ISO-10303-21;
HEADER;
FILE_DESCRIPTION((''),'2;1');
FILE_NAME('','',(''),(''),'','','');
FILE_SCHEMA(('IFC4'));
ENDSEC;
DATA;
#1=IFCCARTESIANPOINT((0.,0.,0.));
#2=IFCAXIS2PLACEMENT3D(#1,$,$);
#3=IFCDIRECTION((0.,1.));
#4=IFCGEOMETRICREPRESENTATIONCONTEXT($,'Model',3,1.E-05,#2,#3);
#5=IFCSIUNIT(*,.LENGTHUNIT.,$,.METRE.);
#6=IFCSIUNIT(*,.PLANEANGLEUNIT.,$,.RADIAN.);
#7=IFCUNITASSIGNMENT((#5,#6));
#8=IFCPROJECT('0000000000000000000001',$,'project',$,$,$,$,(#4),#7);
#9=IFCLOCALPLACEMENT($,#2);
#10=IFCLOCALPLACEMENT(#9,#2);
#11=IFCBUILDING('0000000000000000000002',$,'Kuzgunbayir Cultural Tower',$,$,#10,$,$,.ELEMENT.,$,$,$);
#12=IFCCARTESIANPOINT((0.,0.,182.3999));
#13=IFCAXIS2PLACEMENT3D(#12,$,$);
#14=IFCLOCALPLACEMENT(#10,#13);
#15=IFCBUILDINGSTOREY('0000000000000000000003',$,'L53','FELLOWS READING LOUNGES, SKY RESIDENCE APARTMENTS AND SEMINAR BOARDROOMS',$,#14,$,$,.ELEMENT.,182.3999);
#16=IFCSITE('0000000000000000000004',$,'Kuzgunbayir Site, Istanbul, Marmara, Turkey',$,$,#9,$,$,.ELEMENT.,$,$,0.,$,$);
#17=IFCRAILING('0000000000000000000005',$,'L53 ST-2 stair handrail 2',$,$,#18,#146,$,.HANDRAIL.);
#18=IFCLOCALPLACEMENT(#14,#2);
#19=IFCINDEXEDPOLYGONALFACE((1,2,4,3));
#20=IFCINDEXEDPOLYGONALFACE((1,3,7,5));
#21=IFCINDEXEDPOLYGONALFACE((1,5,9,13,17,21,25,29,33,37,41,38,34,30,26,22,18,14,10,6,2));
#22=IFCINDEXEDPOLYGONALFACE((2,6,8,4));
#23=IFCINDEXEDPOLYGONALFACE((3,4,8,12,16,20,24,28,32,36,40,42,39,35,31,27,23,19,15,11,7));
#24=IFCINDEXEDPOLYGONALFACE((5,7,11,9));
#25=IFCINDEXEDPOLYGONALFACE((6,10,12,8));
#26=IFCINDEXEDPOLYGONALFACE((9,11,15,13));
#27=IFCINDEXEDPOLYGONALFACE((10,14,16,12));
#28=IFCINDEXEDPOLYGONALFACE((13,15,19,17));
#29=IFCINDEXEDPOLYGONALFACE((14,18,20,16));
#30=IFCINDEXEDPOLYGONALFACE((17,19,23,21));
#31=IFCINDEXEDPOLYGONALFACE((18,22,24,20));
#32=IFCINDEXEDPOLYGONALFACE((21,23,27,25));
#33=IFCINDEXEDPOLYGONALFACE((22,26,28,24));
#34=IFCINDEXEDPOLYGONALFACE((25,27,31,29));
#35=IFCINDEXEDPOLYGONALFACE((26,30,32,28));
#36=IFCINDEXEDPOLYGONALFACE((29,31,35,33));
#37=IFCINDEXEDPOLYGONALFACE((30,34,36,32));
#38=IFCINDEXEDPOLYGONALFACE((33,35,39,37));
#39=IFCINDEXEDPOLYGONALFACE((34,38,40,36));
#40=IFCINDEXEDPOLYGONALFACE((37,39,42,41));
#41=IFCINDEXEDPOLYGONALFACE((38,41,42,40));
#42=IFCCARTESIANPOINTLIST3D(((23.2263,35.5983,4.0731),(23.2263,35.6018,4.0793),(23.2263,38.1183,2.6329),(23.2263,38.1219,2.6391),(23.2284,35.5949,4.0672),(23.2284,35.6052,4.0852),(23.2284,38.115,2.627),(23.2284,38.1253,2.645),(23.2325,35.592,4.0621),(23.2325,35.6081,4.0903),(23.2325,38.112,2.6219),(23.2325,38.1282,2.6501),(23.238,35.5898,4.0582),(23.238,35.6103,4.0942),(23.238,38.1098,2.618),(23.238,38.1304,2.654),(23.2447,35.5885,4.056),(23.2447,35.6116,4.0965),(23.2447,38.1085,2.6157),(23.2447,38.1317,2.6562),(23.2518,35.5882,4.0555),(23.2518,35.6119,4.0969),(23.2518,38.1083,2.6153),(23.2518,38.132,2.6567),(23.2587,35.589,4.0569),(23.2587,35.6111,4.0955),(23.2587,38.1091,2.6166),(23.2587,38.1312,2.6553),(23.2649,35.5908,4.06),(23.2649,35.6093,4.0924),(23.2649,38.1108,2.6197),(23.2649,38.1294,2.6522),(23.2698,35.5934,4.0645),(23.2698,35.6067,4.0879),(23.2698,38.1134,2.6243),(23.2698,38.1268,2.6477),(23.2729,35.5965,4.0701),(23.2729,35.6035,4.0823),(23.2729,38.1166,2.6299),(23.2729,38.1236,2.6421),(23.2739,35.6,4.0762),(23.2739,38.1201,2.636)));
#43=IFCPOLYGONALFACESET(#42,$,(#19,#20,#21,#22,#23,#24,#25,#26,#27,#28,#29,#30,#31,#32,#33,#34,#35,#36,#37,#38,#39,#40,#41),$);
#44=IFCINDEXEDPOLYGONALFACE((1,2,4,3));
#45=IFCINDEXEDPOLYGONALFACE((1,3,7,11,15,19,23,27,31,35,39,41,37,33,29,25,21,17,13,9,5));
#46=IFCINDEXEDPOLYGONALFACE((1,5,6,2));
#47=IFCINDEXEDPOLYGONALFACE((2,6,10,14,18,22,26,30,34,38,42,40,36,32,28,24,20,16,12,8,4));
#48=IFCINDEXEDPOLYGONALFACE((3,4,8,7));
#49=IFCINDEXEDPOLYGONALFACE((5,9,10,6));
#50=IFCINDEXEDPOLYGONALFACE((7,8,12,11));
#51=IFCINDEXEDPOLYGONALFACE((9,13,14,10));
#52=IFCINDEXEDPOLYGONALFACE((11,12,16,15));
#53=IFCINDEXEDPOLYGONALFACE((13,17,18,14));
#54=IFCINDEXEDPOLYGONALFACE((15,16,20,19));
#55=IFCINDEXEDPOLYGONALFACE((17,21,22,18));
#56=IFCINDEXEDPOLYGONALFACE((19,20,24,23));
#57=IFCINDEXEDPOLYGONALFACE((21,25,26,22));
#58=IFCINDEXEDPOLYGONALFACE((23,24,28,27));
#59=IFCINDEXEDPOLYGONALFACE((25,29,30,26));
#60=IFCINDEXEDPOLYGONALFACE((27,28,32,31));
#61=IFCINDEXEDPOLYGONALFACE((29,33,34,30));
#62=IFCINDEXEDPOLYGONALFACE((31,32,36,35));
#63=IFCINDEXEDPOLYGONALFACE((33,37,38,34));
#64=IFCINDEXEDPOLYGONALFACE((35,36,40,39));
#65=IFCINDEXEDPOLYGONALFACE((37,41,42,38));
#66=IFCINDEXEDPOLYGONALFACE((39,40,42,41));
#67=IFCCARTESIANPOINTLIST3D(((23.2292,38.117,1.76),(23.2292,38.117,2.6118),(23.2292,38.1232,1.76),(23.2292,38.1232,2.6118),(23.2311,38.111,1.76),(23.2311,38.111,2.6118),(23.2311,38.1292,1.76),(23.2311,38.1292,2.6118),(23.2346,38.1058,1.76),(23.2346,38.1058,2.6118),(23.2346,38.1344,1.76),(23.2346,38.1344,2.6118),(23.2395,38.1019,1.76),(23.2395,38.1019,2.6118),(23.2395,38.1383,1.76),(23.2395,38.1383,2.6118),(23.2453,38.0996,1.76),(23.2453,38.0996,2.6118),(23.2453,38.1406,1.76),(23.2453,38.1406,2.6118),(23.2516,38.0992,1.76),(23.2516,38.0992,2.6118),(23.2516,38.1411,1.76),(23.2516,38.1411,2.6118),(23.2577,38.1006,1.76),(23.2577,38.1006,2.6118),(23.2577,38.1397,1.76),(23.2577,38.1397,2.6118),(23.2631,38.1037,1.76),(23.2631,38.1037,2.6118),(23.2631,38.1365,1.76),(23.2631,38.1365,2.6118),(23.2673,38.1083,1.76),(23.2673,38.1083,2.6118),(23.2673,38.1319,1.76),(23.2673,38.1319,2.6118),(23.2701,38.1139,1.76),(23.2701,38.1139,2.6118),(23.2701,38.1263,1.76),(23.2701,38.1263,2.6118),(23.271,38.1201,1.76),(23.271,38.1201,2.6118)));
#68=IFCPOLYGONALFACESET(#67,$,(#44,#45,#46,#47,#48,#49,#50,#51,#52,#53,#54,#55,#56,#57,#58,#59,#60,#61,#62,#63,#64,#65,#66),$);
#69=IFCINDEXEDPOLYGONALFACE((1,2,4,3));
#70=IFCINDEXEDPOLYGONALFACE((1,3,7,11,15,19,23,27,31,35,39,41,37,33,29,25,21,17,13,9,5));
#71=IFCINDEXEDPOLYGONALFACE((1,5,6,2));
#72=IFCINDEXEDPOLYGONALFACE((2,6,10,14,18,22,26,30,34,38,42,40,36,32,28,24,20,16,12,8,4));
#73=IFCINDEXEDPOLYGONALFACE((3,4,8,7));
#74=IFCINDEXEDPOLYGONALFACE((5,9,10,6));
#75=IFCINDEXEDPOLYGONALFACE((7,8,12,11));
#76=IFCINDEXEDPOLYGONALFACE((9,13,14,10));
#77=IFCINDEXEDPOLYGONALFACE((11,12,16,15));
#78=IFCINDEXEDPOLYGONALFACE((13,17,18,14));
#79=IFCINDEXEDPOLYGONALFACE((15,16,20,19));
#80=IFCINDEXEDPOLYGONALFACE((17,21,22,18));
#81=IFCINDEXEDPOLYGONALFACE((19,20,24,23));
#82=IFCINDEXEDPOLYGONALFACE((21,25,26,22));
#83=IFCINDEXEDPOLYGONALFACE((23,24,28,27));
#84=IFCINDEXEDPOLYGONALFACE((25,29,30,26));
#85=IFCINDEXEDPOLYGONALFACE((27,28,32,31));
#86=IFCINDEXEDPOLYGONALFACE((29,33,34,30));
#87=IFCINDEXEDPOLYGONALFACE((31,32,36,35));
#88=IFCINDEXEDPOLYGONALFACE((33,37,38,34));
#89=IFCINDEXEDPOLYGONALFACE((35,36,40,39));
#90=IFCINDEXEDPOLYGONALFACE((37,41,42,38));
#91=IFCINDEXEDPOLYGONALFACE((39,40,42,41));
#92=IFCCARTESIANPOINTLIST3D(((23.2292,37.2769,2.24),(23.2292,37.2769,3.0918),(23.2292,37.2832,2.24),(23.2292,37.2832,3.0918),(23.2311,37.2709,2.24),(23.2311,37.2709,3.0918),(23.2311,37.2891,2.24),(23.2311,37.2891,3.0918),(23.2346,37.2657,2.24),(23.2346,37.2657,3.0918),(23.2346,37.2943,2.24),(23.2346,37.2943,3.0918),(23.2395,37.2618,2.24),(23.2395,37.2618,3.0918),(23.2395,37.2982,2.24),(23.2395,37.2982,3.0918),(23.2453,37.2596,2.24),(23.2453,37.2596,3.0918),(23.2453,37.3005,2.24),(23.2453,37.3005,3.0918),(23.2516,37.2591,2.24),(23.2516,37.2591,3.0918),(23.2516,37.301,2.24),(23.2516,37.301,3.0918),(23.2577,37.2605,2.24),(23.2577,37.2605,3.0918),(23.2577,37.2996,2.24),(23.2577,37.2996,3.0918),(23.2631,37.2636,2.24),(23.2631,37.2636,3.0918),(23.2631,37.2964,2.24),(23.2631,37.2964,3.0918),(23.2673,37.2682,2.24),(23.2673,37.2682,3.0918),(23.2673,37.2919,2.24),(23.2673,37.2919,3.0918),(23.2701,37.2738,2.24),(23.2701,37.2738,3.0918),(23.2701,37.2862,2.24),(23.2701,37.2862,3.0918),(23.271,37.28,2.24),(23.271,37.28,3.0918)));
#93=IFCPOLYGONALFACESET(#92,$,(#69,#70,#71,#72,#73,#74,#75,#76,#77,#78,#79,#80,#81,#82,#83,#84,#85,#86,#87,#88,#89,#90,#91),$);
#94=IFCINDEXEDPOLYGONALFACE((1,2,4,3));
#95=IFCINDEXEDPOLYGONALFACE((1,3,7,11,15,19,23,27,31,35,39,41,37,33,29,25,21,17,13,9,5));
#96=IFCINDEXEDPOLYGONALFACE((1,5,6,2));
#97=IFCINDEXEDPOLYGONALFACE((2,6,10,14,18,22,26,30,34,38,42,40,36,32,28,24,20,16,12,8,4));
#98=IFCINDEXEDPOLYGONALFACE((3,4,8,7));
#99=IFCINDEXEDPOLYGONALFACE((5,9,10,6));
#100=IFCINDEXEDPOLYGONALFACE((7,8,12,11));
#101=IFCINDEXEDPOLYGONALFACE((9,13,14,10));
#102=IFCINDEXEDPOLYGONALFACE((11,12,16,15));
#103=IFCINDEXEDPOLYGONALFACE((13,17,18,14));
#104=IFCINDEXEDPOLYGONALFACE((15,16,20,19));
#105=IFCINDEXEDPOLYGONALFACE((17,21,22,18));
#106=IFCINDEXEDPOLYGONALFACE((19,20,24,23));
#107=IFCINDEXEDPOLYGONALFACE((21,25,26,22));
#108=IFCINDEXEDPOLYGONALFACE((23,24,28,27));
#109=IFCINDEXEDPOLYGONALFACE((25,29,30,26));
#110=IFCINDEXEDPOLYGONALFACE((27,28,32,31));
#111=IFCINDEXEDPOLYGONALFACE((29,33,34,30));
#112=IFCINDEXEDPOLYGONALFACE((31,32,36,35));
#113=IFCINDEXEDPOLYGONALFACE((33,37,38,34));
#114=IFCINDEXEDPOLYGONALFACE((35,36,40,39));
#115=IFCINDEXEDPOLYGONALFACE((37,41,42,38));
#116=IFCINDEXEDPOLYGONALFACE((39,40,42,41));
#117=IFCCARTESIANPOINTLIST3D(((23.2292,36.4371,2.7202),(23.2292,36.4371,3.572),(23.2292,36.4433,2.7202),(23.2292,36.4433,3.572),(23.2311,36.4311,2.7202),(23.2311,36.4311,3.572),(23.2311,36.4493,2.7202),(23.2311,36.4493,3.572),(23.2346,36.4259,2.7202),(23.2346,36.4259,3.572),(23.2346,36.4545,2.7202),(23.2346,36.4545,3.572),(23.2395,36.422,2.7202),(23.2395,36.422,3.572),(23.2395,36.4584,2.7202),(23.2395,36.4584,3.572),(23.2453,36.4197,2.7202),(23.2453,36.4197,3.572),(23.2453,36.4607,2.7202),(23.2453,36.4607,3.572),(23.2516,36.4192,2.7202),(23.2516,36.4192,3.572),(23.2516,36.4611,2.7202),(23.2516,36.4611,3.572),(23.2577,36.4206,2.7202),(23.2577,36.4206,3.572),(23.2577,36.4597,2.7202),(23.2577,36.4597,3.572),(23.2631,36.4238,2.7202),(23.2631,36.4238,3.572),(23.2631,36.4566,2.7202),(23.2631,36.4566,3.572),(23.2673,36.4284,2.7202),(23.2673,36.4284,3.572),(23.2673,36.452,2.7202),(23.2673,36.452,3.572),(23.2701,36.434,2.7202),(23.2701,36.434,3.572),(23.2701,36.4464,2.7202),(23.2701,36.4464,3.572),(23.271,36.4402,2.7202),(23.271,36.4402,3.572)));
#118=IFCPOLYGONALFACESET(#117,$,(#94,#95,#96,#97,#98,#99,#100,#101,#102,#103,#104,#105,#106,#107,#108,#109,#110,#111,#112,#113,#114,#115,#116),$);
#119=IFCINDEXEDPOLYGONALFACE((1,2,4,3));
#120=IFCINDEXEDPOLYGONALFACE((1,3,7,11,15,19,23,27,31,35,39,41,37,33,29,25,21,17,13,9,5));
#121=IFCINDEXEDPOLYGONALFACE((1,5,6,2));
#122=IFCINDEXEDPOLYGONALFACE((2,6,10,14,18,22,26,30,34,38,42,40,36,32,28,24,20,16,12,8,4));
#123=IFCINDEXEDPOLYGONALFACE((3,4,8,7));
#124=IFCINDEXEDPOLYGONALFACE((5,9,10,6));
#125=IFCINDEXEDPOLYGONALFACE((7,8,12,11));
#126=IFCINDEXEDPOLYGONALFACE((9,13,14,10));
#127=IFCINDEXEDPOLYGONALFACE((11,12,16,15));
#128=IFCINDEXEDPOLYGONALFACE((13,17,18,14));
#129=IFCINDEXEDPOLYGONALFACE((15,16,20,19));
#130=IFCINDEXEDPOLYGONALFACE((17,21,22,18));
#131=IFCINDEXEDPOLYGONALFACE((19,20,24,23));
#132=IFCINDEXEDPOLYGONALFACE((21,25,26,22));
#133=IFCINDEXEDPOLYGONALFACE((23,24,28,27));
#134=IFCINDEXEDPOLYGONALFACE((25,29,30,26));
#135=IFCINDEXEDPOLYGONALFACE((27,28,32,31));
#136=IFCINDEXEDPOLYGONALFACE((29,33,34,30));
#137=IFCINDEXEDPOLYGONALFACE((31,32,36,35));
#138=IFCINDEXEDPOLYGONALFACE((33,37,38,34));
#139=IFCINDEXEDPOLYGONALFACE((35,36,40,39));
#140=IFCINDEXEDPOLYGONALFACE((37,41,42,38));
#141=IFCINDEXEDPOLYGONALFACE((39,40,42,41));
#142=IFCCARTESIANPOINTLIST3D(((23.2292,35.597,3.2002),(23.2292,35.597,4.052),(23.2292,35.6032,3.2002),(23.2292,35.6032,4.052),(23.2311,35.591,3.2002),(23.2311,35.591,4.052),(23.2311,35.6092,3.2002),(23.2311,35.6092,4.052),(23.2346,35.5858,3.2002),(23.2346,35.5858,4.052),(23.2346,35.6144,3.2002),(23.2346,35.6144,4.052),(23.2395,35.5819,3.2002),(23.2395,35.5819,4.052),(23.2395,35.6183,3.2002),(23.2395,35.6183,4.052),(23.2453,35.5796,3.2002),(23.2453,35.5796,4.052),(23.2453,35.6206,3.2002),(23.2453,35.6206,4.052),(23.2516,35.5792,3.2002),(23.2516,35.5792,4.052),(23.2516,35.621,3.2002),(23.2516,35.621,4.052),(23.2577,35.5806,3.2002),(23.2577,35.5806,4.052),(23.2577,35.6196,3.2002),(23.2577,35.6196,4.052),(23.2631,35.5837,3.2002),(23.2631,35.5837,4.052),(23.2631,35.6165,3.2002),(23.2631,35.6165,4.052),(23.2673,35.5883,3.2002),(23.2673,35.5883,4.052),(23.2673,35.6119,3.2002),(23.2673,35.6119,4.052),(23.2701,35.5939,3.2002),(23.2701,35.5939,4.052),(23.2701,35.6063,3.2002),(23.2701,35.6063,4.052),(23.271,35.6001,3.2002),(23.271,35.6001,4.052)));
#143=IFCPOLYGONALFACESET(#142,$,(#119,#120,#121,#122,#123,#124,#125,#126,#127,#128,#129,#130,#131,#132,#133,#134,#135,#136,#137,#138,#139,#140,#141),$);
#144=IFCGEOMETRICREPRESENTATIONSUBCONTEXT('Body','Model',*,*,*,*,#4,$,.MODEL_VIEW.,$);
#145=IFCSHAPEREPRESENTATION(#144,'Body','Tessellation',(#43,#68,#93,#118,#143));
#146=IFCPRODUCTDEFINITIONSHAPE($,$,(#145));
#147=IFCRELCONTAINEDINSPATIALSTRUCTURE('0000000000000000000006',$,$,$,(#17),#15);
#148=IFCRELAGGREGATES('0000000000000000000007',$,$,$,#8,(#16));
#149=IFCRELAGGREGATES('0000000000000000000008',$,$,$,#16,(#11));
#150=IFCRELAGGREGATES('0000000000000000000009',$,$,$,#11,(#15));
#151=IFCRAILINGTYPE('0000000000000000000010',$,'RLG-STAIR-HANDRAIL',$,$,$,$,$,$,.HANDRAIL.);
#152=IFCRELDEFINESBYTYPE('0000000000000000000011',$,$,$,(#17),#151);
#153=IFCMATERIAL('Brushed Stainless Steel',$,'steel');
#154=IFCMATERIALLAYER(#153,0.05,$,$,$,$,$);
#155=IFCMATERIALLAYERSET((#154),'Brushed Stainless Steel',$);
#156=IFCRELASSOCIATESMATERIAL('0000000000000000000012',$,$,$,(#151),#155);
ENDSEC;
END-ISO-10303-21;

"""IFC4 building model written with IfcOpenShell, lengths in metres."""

from ifc_helpers import new_model, si_unit, direction, frame, origin, origin_2d, place, context, subcontext, project, spatial, circle, extrude, material, layer, layer_set, type_object, element, save


model = new_model("IFC4")

# Units and contexts
model_context = context("Model", 3, precision=1e-05, world=origin(), true_north=direction((0.0, 1.0)))
body_context = subcontext(model_context, "Body", "Model", "MODEL_VIEW")
ifc_project = project(units=[si_unit("LENGTHUNIT", "METRE"), si_unit("PLANEANGLEUNIT", "RADIAN")], contexts=[model_context])

# Site, building, storey
site_placement = place(None, origin())
site = spatial("IfcSite", under=ifc_project, at=site_placement, Name="Kuzgunbayir Site, Istanbul, Marmara, Turkey", CompositionType="ELEMENT", RefElevation=0.0)
building_placement = place(site_placement, origin())
building = spatial("IfcBuilding", under=site, at=building_placement, Name="Kuzgunbayir Cultural Tower", CompositionType="ELEMENT")
storey_placement = place(building_placement, frame((0.0, 0.0, 182.3999)))
storey = spatial("IfcBuildingStorey", under=building, at=storey_placement, Name="L53", Description="FELLOWS READING LOUNGES, SKY RESIDENCE APARTMENTS AND SEMINAR BOARDROOMS", CompositionType="ELEMENT", Elevation=182.3999)

# Shared definitions
ifc_material_1 = material(Name="Brushed Stainless Steel", Category="steel")

# Railing
ifc_layer_1 = layer(ifc_material_1, 0.05)
ifc_layer_set_1 = layer_set([ifc_layer_1], Name="Brushed Stainless Steel")
railing_type_1 = type_object("IfcRailingType", Name="RLG-STAIR-HANDRAIL", PredefinedType="HANDRAIL", material=ifc_layer_set_1)
railing_1_placement = place(storey_placement, frame((23.25, 38.1201, 1.76)))
element("IfcRailing", 1, at=railing_1_placement, inside=storey, type_object=railing_type_1, Name="L53 ST-2 stair handrail 2", PredefinedType="HANDRAIL", context=body_context, shape_type="SweptSolid", body=[
    extrude(circle(Radius=0.0239, at=origin_2d()), frame((0.0, 0.0, 0.876), z_axis=(0.0, -0.868217, 0.496184), x_axis=(1.0, 0.0, 0.0)), (0.0, 0.0, 1.0), 2.9026),
    extrude(circle(Radius=0.021, at=origin_2d()), origin(), (0.0, 0.0, 1.0), 0.8518),
    extrude(circle(Radius=0.021, at=origin_2d()), frame((0.0, -0.8401, 0.48)), (0.0, 0.0, 1.0), 0.8518),
    extrude(circle(Radius=0.021, at=origin_2d()), frame((0.0, -1.6799, 0.9602)), (0.0, 0.0, 1.0), 0.8518),
    extrude(circle(Radius=0.021, at=origin_2d()), frame((0.0, -2.52, 1.4402)), (0.0, 0.0, 1.0), 0.8518),
])

save(model, "model.ifc")
